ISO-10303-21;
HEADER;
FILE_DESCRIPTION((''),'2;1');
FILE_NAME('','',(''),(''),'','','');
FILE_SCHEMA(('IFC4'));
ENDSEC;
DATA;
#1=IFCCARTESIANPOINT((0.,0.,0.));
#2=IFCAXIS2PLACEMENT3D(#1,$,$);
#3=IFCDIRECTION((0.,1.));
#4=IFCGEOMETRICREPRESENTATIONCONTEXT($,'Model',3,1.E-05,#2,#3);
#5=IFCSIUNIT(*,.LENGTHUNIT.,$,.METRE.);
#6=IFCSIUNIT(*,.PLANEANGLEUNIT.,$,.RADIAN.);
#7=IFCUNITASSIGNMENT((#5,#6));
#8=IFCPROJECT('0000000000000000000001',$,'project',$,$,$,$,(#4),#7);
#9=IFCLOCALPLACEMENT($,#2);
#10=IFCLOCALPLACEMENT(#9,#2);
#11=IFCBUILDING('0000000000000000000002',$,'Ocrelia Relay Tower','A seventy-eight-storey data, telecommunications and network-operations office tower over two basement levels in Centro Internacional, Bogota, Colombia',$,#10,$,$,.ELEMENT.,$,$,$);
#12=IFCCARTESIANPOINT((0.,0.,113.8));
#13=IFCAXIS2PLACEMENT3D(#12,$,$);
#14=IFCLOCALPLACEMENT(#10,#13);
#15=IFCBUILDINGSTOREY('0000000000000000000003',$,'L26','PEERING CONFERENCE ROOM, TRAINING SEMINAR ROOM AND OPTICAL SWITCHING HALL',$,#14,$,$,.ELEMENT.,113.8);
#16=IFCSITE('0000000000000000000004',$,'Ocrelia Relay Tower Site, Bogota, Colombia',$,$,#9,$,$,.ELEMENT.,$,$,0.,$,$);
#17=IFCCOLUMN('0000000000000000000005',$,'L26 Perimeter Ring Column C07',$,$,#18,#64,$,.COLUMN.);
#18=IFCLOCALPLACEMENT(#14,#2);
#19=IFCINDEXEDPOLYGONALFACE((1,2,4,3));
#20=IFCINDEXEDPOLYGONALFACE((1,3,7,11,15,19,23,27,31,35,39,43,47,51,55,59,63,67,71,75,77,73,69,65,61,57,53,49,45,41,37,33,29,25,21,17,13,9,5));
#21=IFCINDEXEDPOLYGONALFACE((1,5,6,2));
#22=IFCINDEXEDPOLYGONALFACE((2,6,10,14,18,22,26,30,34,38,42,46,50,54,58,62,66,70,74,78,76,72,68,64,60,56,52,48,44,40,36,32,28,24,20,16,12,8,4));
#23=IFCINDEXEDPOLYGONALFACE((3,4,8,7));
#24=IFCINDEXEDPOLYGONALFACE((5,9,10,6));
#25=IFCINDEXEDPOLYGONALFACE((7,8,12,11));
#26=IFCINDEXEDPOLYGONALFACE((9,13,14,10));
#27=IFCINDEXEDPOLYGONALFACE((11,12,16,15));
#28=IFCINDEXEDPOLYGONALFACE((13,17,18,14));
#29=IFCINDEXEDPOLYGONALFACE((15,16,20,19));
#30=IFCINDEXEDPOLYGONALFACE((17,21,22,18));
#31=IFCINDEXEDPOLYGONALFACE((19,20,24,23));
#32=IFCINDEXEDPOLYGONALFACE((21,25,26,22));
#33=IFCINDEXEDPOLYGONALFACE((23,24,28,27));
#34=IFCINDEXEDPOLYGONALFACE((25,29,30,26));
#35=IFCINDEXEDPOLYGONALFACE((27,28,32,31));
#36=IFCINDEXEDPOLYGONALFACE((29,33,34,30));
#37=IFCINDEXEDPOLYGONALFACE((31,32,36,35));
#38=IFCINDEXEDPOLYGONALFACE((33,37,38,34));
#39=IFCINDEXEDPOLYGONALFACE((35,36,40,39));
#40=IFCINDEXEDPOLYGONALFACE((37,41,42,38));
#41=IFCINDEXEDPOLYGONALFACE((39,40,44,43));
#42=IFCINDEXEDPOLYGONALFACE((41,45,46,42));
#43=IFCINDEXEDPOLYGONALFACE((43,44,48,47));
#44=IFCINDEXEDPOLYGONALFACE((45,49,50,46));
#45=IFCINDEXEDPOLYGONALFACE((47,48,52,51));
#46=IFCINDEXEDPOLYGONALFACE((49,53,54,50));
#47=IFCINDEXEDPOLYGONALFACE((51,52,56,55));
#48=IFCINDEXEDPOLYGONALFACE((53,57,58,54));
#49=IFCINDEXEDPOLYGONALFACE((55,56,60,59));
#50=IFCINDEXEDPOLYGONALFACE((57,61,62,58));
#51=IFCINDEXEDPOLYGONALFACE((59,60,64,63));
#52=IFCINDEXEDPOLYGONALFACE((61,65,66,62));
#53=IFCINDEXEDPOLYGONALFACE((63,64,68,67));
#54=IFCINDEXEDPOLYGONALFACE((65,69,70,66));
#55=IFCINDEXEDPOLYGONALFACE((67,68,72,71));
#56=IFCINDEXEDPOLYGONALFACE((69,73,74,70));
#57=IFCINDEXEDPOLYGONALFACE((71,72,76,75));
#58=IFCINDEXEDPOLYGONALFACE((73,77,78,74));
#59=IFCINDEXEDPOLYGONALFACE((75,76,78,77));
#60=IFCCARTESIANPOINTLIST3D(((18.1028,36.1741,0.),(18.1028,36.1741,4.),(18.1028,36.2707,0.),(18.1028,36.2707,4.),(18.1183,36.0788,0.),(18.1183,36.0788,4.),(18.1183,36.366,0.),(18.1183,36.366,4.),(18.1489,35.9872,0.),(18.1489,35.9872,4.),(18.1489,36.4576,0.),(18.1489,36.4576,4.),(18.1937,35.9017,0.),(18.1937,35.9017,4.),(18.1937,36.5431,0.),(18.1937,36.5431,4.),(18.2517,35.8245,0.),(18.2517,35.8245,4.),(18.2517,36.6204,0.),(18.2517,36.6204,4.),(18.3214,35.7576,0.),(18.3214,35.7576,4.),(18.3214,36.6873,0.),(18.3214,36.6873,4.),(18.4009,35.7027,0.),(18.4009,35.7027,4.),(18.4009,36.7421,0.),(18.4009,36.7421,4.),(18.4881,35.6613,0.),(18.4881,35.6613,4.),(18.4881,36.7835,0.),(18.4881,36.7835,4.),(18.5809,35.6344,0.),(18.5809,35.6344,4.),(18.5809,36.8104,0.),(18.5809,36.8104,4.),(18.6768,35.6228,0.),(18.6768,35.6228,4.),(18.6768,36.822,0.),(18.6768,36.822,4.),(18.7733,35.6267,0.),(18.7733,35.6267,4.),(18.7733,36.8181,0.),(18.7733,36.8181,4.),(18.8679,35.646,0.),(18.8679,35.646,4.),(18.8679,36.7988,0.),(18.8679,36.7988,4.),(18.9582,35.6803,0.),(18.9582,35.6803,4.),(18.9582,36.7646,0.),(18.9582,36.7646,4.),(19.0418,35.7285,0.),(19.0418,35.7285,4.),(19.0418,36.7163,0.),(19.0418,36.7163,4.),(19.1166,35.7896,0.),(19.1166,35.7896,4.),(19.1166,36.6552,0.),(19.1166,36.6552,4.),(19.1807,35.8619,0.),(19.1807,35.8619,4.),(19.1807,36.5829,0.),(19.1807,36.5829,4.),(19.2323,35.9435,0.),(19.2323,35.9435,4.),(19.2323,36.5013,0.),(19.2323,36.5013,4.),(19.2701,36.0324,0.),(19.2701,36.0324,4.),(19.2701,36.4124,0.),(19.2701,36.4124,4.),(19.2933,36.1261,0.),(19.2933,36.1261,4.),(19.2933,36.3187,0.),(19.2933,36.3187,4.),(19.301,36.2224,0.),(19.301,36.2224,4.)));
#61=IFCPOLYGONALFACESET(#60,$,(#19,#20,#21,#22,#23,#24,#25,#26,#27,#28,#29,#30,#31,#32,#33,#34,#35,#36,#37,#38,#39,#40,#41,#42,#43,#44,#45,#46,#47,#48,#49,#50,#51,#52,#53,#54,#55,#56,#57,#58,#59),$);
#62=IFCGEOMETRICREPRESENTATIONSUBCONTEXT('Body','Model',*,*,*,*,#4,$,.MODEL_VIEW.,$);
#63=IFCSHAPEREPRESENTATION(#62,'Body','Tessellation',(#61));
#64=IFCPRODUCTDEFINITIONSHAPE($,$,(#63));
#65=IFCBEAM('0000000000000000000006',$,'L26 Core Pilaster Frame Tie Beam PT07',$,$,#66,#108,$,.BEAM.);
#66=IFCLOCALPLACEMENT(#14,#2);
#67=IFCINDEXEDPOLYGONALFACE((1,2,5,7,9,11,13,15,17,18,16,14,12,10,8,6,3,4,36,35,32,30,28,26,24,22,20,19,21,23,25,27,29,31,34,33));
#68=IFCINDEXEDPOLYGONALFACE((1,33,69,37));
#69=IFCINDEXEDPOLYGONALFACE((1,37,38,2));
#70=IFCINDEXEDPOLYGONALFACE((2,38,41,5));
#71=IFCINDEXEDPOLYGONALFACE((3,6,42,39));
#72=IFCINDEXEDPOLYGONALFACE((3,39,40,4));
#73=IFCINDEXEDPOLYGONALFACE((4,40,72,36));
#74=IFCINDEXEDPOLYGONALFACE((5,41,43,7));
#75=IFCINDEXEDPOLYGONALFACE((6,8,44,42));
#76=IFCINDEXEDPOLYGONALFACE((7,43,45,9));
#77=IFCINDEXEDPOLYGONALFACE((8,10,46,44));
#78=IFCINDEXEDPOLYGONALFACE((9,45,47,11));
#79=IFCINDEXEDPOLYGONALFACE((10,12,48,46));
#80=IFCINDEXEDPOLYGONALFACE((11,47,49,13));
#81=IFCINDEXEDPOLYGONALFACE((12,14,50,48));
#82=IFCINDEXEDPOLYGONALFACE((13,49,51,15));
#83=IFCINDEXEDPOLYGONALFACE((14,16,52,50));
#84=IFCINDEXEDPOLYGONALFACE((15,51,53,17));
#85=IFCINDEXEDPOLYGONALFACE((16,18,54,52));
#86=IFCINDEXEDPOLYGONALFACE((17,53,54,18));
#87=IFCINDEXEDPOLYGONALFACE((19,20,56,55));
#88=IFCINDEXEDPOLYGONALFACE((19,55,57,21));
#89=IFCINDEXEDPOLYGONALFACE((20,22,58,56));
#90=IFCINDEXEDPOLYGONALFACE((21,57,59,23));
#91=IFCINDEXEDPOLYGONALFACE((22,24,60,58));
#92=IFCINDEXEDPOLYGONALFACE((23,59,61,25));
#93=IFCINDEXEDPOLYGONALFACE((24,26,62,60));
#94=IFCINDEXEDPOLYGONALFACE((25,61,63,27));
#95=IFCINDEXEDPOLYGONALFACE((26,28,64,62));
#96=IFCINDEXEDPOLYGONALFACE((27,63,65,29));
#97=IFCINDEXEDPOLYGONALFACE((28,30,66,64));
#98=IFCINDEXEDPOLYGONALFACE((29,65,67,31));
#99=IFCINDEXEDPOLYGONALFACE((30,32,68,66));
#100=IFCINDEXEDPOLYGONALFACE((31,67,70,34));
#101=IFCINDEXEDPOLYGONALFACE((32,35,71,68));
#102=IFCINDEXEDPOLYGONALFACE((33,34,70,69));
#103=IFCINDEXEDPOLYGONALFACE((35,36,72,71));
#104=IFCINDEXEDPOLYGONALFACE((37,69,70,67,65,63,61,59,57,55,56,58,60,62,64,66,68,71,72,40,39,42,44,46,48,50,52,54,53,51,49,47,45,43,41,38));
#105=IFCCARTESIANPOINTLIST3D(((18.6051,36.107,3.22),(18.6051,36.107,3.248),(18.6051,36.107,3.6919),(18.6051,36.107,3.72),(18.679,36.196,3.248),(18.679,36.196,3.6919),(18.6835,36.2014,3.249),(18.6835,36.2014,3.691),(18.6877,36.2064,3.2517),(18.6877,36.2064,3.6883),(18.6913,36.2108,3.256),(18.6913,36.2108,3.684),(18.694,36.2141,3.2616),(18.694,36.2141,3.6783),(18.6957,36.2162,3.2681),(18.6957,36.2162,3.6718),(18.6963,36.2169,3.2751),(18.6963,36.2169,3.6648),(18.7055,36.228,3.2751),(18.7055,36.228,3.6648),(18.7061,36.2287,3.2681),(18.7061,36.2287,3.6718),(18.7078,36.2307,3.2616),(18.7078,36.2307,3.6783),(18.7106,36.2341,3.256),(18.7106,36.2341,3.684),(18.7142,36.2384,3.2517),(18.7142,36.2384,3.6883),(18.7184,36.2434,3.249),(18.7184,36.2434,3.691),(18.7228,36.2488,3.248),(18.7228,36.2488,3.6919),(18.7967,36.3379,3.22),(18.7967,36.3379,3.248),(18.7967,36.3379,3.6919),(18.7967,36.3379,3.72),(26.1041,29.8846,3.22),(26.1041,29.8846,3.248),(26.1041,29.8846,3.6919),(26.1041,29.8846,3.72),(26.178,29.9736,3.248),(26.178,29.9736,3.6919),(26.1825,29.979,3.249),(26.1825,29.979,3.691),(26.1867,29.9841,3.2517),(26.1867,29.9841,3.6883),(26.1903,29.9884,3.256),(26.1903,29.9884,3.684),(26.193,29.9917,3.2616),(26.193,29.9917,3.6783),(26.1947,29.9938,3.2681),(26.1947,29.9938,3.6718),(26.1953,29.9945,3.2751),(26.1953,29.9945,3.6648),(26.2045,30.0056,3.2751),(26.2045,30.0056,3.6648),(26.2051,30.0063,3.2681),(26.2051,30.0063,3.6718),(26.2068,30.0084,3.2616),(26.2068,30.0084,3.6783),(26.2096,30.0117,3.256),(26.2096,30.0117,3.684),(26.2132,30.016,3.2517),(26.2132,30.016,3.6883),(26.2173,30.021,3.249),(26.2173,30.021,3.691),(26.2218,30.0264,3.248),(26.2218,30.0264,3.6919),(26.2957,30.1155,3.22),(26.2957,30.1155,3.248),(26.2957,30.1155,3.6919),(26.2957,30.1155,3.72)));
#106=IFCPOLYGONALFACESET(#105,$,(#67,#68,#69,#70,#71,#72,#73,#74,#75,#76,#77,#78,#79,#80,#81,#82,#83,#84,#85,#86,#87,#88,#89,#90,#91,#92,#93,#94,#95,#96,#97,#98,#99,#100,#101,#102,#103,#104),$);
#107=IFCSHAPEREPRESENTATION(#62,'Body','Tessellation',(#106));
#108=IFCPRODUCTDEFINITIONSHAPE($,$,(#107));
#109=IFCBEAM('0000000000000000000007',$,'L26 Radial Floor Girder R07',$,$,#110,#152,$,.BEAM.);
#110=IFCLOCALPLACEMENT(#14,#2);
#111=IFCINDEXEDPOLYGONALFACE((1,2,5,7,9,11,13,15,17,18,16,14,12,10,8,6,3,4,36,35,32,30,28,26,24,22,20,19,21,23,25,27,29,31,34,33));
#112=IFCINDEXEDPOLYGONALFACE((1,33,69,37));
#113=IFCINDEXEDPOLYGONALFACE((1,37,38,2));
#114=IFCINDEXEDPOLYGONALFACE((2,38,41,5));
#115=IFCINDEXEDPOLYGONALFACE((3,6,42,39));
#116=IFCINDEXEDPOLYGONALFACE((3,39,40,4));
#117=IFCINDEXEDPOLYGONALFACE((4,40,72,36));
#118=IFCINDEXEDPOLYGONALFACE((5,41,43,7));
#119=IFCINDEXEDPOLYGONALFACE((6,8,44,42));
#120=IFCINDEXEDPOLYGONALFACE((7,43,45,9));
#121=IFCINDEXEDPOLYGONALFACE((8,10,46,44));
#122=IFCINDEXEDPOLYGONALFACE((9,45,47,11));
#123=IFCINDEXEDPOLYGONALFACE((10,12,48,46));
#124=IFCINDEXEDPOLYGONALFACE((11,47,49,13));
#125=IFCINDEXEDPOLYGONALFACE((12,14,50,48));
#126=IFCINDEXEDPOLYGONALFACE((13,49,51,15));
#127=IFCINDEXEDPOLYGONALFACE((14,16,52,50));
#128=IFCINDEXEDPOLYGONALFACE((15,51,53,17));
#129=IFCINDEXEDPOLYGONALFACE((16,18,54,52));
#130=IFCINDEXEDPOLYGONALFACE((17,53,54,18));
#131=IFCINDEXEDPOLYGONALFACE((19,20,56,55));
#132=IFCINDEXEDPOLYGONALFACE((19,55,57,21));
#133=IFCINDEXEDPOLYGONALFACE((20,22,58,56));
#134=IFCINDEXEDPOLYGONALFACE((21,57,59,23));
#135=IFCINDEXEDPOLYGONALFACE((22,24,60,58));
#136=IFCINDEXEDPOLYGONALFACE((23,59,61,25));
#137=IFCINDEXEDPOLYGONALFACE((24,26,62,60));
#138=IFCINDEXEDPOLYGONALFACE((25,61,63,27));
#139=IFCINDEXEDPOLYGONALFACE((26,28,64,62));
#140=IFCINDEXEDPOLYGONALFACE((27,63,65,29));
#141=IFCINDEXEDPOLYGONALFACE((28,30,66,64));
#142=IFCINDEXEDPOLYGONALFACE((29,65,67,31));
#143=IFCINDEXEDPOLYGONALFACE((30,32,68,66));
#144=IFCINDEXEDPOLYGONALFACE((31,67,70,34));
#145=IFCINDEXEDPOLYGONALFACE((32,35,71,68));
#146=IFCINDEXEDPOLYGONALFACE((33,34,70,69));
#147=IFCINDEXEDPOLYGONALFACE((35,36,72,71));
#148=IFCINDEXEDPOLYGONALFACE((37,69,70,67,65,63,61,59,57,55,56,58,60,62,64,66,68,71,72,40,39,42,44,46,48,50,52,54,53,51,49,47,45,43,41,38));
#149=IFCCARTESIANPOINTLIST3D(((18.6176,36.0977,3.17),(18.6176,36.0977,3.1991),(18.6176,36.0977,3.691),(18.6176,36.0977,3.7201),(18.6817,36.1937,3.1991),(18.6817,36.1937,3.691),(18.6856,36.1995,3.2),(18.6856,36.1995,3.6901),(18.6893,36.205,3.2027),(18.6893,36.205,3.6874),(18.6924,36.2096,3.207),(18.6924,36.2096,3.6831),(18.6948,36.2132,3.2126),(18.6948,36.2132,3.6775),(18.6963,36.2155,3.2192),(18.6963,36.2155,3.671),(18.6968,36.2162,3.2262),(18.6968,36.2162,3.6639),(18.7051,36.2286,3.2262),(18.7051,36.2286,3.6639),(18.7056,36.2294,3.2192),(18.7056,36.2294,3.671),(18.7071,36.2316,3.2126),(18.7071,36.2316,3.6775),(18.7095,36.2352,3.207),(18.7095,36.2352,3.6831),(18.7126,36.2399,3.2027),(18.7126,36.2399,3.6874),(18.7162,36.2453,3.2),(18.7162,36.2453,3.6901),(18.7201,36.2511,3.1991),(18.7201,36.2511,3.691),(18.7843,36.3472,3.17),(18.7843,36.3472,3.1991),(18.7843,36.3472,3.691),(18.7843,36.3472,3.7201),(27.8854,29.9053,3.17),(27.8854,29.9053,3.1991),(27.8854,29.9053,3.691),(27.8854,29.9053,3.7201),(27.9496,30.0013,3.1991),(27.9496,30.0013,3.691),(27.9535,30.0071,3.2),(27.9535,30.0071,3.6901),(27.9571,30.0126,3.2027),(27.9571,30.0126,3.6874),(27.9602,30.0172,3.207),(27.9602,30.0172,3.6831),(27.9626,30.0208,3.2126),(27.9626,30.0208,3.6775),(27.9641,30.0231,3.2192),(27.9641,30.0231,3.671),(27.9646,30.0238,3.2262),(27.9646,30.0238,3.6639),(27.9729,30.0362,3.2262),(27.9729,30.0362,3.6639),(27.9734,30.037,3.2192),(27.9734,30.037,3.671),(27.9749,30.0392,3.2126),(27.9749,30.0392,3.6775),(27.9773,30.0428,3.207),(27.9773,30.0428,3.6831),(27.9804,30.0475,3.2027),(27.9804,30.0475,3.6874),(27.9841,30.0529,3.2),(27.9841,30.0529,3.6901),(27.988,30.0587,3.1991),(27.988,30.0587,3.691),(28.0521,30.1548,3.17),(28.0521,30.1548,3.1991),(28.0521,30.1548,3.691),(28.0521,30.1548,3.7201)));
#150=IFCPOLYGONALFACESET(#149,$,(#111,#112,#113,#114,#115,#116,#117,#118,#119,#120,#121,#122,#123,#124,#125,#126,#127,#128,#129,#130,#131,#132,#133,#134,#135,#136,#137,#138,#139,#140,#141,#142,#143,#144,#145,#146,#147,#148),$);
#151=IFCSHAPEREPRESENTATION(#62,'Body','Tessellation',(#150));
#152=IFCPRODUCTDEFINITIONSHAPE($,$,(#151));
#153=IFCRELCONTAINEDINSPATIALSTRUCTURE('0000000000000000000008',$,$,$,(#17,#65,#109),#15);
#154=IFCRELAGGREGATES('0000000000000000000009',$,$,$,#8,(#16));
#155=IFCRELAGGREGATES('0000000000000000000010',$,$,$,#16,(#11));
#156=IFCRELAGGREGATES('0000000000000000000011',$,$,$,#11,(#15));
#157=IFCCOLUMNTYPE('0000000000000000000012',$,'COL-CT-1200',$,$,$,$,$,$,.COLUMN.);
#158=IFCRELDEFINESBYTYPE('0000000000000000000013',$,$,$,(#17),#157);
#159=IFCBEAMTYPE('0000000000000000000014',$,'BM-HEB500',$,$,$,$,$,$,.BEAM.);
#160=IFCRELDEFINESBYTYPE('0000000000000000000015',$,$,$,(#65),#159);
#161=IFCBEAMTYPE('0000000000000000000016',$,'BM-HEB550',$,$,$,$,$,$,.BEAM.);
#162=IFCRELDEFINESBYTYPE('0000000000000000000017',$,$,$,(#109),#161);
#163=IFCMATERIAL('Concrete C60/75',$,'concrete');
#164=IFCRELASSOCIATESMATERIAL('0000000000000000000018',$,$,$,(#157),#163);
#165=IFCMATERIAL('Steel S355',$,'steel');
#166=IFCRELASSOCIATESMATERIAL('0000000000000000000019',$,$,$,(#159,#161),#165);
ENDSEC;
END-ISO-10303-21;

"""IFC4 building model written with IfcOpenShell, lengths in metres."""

from ifc_helpers import new_model, si_unit, direction, frame, origin, origin_2d, place, context, subcontext, project, spatial, circle, i_section, extrude, material, material_profile, profile_set, type_object, element, save


model = new_model("IFC4")

# Units and contexts
model_context = context("Model", 3, precision=1e-05, world=origin(), true_north=direction((0.0, 1.0)))
body_context = subcontext(model_context, "Body", "Model", "MODEL_VIEW")
ifc_project = project(units=[si_unit("LENGTHUNIT", "METRE"), si_unit("PLANEANGLEUNIT", "RADIAN")], contexts=[model_context])

# Site, building, storey
site_placement = place(None, origin())
site = spatial("IfcSite", under=ifc_project, at=site_placement, Name="Ocrelia Relay Tower Site, Bogota, Colombia", CompositionType="ELEMENT", RefElevation=0.0)
building_placement = place(site_placement, origin())
building = spatial("IfcBuilding", under=site, at=building_placement, Name="Ocrelia Relay Tower", Description="A seventy-eight-storey data, telecommunications and network-operations office tower over two basement levels in Centro Internacional, Bogota, Colombia", CompositionType="ELEMENT")
storey_placement = place(building_placement, frame((0.0, 0.0, 113.8)))
storey = spatial("IfcBuildingStorey", under=building, at=storey_placement, Name="L26", Description="PEERING CONFERENCE ROOM, TRAINING SEMINAR ROOM AND OPTICAL SWITCHING HALL", CompositionType="ELEMENT", Elevation=113.8)

# Column
ifc_material_1 = material(Name="Concrete C60/75", Category="concrete")
ifc_material_profile_1 = material_profile(ifc_material_1, circle(Radius=0.6001, at=origin_2d()), Name="RC-CIR-1200")
ifc_profile_set_1 = profile_set([ifc_material_profile_1], Name="Concrete C60/75")
column_type = type_object("IfcColumnType", Name="COL-CT-1200", PredefinedType="COLUMN", material=ifc_profile_set_1)
column_placement = place(storey_placement, frame((18.7009, 36.2224, 0.0), z_axis=(0.0, 0.0, 1.0), x_axis=(1.0, 0.0, 0.0)))
element("IfcColumn", 1, at=column_placement, inside=storey, type_object=column_type, Name="L26 Perimeter Ring Column C07", PredefinedType="COLUMN", context=body_context, shape_type="SweptSolid", body=[
    extrude(circle(Radius=0.6001, at=origin_2d()), origin(), (0.0, 0.0, 1.0), 4.0),
])

# Beams
ifc_material_2 = material(Name="Steel S355", Category="steel")
ifc_material_profile_2 = material_profile(ifc_material_2, i_section(OverallWidth=0.3, OverallDepth=0.5, WebThickness=0.0144, FlangeThickness=0.0281, FilletRadius=0.0271, at=origin_2d()), Name="HEB 500")
ifc_profile_set_2 = profile_set([ifc_material_profile_2], Name="Steel S355")
beam_type_1 = type_object("IfcBeamType", Name="BM-HEB500", PredefinedType="BEAM", material=ifc_profile_set_2)
beam_1_placement = place(storey_placement, frame((18.7009, 36.2224, 3.47), z_axis=(0.769571, -0.638561, 0.0), x_axis=(0.638561, 0.769571, 0.0)))
element("IfcBeam", 2, at=beam_1_placement, inside=storey, type_object=beam_type_1, Name="L26 Core Pilaster Frame Tie Beam PT07", PredefinedType="BEAM", context=body_context, shape_type="SweptSolid", body=[
    extrude(i_section(OverallWidth=0.3, OverallDepth=0.5, WebThickness=0.0144, FlangeThickness=0.0281, FilletRadius=0.0271, at=origin_2d()), origin(), (0.0, 0.0, 1.0), 9.7444),
])
ifc_material_profile_3 = material_profile(ifc_material_2, i_section(OverallWidth=0.3, OverallDepth=0.55, WebThickness=0.0149, FlangeThickness=0.0291, FilletRadius=0.0271, at=origin_2d()), Name="HEB 550")
ifc_profile_set_3 = profile_set([ifc_material_profile_3], Name="Steel S355")
beam_type_2 = type_object("IfcBeamType", Name="BM-HEB550", PredefinedType="BEAM", material=ifc_profile_set_3)
beam_2_placement = place(storey_placement, frame((18.7009, 36.2224, 3.4451), z_axis=(0.831477, -0.555559, 0.0), x_axis=(0.555559, 0.831477, 0.0)))
element("IfcBeam", 3, at=beam_2_placement, inside=storey, type_object=beam_type_2, Name="L26 Radial Floor Girder R07", PredefinedType="BEAM", context=body_context, shape_type="SweptSolid", body=[
    extrude(i_section(OverallWidth=0.3, OverallDepth=0.55, WebThickness=0.0149, FlangeThickness=0.0291, FilletRadius=0.0271, at=origin_2d()), origin(), (0.0, 0.0, 1.0), 11.1462),
])

save(model, "model.ifc")
